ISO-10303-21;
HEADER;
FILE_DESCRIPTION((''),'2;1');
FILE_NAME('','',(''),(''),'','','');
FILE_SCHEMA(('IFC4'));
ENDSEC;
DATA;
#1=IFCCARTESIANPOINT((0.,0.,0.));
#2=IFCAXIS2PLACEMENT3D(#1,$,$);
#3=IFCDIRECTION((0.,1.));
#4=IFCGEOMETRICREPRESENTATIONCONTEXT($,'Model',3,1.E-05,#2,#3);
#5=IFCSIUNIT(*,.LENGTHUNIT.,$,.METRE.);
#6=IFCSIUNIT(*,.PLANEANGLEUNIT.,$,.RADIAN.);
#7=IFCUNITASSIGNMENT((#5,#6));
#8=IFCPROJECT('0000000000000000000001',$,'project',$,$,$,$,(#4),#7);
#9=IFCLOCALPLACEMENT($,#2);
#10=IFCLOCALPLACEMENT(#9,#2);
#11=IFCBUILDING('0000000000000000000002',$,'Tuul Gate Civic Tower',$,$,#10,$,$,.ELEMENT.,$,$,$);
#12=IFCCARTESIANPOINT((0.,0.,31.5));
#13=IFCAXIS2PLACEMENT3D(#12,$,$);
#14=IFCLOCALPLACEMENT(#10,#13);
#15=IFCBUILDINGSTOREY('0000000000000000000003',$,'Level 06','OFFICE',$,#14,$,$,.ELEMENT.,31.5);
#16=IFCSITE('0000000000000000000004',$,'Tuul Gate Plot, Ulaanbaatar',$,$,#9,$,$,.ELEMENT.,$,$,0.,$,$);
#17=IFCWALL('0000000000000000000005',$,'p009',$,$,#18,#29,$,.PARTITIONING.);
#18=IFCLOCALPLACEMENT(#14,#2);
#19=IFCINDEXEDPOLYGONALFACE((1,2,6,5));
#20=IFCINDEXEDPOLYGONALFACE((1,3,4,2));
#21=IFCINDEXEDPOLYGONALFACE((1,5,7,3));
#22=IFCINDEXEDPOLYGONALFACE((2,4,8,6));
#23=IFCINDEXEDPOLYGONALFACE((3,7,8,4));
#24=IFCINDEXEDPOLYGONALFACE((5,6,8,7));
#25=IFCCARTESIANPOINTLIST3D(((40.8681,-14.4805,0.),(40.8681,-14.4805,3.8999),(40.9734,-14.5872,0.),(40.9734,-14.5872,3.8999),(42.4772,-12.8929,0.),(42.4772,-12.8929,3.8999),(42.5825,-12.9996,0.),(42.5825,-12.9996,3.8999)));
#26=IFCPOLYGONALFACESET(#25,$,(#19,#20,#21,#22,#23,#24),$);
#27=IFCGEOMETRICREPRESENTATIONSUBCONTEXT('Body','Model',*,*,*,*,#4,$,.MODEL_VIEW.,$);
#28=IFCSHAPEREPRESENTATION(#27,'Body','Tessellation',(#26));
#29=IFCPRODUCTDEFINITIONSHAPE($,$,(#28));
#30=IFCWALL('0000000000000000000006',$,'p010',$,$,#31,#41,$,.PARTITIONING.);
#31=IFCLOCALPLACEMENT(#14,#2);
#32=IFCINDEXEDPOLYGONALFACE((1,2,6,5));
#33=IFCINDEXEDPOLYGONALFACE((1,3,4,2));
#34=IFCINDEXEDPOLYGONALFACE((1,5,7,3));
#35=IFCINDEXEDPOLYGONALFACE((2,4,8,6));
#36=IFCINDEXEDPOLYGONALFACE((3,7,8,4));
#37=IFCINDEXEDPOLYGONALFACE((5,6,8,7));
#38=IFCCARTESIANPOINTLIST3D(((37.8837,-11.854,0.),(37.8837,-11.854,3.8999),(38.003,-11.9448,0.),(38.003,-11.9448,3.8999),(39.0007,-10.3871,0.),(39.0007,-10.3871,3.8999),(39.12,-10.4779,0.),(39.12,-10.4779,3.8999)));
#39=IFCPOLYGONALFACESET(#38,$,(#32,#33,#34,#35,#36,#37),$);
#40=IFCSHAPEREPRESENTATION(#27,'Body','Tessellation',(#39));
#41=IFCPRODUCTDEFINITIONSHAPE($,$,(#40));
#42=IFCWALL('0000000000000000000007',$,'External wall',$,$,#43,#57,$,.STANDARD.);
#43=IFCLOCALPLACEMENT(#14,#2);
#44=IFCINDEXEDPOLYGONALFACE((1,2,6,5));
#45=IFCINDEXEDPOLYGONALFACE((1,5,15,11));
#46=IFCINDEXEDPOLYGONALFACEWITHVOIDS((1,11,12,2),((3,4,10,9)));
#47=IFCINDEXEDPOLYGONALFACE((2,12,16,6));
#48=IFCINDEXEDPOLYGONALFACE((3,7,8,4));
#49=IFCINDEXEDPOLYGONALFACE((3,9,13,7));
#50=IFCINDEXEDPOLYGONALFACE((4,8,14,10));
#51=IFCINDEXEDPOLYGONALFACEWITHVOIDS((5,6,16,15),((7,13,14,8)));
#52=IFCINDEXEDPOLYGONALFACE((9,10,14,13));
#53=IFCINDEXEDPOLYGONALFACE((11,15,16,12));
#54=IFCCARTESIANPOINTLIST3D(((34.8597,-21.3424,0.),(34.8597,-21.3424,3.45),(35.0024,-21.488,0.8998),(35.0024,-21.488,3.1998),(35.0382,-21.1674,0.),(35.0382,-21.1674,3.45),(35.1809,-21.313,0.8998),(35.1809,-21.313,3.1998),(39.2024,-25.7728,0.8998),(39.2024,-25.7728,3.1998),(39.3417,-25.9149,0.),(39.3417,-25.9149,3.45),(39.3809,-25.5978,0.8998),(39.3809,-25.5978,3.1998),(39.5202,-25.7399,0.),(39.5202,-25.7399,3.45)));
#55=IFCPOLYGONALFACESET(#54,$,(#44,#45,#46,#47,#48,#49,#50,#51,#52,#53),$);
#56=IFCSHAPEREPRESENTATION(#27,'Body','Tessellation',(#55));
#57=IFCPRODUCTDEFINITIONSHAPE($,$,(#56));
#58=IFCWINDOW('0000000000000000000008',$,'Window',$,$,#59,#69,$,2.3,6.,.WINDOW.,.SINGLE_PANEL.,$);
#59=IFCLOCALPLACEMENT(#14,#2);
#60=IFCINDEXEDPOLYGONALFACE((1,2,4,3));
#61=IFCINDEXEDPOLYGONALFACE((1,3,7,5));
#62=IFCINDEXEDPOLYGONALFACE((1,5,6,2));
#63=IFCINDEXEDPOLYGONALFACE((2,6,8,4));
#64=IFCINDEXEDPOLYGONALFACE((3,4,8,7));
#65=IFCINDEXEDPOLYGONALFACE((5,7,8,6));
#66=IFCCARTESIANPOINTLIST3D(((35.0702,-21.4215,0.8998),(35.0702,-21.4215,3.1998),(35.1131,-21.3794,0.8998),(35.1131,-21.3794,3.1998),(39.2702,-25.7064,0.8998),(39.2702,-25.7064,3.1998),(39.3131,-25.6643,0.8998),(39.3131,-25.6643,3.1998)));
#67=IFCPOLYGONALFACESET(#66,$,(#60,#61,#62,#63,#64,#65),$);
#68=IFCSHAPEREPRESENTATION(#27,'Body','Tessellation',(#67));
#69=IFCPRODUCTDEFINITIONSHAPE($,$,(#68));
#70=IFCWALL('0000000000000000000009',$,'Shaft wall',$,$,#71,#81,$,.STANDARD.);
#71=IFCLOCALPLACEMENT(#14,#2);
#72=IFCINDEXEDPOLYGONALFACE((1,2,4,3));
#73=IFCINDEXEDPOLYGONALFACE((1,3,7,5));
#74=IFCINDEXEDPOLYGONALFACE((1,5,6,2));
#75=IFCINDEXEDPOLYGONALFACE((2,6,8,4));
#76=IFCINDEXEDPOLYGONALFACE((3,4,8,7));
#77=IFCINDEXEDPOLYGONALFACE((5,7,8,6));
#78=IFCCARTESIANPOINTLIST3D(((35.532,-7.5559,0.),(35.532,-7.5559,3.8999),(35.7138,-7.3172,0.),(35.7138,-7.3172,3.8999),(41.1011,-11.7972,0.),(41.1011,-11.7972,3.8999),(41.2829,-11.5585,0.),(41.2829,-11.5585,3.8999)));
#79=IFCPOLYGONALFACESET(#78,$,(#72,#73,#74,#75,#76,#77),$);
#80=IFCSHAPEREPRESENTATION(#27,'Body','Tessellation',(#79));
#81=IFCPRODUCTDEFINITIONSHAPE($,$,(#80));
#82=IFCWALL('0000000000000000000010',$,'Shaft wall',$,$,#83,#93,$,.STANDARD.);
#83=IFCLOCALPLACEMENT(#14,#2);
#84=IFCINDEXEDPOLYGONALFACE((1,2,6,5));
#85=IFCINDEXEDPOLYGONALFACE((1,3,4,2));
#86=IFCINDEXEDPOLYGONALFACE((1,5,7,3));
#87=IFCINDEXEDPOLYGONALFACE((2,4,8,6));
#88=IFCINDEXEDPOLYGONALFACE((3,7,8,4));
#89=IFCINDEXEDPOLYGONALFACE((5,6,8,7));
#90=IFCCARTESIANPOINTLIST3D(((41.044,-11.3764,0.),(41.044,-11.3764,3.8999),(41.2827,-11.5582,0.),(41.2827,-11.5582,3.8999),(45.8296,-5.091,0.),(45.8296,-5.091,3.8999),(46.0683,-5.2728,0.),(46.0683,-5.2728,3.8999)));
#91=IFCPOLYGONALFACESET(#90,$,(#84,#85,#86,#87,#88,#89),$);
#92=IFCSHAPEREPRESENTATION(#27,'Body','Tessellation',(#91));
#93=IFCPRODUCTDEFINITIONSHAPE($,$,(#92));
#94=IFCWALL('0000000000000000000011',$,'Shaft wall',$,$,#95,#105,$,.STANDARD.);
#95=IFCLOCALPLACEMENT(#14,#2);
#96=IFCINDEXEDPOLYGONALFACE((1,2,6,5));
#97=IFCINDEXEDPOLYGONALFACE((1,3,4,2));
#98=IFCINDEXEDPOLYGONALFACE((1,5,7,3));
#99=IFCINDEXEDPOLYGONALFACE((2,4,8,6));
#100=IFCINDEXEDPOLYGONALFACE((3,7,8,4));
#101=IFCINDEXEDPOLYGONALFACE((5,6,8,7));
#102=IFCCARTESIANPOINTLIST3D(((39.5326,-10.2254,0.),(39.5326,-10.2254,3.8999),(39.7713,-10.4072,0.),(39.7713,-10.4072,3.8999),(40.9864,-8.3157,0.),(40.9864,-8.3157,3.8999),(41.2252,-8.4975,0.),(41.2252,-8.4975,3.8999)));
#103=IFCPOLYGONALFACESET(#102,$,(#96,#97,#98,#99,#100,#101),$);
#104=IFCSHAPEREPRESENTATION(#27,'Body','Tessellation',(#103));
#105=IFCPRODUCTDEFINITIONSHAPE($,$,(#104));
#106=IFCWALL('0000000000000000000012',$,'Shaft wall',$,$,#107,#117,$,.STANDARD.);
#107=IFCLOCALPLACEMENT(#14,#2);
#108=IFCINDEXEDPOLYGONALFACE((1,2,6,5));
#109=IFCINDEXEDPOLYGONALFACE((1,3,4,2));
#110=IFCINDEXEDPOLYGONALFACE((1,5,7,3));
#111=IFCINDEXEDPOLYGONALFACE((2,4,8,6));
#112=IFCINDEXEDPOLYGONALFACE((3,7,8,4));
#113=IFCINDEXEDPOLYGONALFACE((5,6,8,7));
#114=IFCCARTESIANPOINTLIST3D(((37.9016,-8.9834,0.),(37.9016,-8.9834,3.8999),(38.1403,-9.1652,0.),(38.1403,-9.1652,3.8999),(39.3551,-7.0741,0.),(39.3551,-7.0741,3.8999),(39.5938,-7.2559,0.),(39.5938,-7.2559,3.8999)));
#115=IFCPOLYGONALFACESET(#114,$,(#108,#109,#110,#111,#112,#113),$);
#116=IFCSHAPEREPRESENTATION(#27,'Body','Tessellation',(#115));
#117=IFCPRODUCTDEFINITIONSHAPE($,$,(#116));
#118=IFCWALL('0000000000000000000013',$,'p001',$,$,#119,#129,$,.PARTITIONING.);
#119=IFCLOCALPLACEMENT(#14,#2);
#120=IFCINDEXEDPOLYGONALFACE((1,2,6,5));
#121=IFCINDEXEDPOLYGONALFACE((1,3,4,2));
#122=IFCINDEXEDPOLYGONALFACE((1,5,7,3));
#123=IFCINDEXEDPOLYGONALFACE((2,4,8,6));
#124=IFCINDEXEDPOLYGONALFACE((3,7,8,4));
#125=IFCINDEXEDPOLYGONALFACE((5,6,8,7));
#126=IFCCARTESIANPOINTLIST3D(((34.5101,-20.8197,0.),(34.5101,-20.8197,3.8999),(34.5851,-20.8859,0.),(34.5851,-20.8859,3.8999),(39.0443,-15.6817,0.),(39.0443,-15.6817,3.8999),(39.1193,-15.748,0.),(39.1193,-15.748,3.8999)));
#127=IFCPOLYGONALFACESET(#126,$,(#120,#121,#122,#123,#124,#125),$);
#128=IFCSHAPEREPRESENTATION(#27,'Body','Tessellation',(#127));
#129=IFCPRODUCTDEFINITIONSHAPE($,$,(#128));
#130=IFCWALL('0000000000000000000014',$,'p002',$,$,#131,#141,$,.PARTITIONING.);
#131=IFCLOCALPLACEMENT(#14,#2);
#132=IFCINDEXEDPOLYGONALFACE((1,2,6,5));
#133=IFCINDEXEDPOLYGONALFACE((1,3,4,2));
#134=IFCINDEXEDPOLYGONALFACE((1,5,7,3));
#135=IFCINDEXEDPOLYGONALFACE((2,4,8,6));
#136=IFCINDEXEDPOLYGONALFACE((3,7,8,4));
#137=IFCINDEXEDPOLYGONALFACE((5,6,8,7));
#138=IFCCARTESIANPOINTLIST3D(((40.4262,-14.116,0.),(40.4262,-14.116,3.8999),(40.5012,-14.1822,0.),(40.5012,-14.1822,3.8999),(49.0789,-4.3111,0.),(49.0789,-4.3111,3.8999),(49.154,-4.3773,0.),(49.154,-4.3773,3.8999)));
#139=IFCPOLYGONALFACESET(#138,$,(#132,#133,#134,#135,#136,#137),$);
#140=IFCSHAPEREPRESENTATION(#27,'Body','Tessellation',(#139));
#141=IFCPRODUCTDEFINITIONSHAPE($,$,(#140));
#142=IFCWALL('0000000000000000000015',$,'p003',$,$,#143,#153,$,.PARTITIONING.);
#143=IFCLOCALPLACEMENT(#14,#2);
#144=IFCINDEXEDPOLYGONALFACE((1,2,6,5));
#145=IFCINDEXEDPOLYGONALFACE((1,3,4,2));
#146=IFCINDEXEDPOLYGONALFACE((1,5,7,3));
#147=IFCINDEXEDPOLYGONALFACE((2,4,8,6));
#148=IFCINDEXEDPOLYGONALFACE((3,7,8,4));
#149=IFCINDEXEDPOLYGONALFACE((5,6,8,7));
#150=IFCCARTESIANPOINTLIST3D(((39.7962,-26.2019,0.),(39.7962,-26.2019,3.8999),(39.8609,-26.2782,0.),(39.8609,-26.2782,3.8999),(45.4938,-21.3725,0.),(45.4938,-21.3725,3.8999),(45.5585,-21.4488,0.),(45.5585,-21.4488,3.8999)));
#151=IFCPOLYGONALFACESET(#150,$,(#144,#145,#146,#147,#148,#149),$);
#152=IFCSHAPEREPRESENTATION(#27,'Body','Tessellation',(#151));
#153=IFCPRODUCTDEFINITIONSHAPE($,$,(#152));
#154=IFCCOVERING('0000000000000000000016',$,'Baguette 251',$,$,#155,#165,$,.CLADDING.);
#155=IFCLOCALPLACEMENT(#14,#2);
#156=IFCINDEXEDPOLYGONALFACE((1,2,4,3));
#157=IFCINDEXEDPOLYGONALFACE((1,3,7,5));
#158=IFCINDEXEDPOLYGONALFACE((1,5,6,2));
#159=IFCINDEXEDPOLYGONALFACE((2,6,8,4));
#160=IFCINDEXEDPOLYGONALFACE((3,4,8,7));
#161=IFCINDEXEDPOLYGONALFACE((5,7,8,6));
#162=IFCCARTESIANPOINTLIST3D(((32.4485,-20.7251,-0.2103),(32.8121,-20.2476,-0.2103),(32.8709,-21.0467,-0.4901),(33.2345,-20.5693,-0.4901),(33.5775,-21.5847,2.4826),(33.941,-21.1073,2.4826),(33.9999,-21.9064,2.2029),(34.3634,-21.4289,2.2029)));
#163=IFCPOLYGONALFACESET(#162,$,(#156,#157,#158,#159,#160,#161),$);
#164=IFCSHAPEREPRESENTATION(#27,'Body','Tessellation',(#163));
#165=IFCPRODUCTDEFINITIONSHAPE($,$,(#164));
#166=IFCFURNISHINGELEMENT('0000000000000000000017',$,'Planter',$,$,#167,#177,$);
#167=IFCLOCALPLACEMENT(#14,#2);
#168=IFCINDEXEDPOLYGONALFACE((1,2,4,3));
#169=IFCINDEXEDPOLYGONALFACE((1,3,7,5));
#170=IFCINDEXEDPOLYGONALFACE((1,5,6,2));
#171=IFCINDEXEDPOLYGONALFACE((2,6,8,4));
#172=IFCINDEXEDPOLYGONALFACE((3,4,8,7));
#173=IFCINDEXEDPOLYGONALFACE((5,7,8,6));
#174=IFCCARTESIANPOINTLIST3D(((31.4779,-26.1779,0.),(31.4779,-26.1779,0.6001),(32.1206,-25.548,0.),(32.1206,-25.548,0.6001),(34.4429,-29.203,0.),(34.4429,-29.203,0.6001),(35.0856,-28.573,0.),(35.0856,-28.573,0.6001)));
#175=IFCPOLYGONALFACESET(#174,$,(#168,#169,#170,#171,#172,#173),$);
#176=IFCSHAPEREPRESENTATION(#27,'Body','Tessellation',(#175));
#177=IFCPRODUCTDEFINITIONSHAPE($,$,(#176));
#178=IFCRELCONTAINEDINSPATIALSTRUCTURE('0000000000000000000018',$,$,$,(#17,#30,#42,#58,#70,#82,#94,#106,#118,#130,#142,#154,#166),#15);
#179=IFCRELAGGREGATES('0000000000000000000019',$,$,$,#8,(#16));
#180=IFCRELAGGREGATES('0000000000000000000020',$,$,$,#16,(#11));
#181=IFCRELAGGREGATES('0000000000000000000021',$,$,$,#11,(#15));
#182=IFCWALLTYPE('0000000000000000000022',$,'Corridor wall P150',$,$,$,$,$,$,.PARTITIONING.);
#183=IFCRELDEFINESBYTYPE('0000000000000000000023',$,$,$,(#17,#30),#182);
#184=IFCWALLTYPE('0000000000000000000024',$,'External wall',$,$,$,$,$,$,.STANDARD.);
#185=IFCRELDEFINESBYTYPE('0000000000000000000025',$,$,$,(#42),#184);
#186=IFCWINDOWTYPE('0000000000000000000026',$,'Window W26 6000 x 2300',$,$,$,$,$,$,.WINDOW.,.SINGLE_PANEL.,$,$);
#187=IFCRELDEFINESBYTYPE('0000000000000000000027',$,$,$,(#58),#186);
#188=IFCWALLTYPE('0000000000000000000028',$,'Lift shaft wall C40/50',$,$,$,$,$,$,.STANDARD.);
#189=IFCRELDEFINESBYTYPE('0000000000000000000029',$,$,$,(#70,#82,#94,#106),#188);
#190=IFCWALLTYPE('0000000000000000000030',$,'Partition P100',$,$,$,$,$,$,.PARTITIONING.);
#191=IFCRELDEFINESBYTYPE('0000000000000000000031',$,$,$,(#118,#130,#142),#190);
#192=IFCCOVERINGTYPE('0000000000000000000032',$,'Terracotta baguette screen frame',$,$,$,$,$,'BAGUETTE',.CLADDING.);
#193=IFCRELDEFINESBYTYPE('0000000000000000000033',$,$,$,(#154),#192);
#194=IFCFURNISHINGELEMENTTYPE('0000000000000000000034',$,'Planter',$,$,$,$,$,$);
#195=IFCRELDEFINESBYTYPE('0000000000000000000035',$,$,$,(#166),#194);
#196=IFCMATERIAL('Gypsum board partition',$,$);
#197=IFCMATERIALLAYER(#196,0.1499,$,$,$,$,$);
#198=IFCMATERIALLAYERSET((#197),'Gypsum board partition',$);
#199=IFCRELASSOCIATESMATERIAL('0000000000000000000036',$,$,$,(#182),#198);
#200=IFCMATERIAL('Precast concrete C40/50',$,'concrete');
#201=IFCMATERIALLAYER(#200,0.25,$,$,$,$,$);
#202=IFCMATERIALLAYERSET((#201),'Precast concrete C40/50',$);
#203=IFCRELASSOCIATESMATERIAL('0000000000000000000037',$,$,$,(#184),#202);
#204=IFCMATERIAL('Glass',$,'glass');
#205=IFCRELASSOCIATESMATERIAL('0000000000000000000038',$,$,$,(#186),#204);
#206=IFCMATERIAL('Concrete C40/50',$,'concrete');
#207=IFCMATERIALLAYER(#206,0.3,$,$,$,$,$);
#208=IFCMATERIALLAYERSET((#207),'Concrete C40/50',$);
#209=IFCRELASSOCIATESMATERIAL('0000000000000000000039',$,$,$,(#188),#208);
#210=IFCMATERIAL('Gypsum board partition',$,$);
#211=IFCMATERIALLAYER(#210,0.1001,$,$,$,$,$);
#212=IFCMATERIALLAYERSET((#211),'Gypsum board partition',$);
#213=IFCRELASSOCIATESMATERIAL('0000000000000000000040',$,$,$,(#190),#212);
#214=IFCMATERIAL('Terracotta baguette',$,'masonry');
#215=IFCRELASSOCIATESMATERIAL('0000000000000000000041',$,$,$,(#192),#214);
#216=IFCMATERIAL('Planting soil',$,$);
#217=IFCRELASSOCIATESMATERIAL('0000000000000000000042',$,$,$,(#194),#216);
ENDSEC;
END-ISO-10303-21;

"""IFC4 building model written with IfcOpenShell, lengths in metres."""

from ifc_helpers import new_model, si_unit, direction, frame, frame_2d, origin, origin_2d, place, context, subcontext, project, spatial, rectangle, extrude, material, layer, layer_set, material_profile, profile_set, type_object, element, fill, save


model = new_model("IFC4")

# Units and contexts
model_context = context("Model", 3, precision=1e-05, world=origin(), true_north=direction((0.0, 1.0)))
body_context = subcontext(model_context, "Body", "Model", "MODEL_VIEW")
ifc_project = project(units=[si_unit("LENGTHUNIT", "METRE"), si_unit("PLANEANGLEUNIT", "RADIAN")], contexts=[model_context])

# Site, building, storey
site_placement = place(None, origin())
site = spatial("IfcSite", under=ifc_project, at=site_placement, Name="Tuul Gate Plot, Ulaanbaatar", CompositionType="ELEMENT", RefElevation=0.0)
building_placement = place(site_placement, origin())
building = spatial("IfcBuilding", under=site, at=building_placement, Name="Tuul Gate Civic Tower", CompositionType="ELEMENT")
storey_placement = place(building_placement, frame((0.0, 0.0, 31.5)))
storey = spatial("IfcBuildingStorey", under=building, at=storey_placement, Name="Level 06", Description="OFFICE", CompositionType="ELEMENT", Elevation=31.5)

# Shared definitions
ifc_material_1 = material(Name="Gypsum board partition")
ifc_layer_1 = layer(ifc_material_1, 0.1499)
ifc_layer_set_1 = layer_set([ifc_layer_1], Name="Gypsum board partition")
wall_type_1 = type_object("IfcWallType", Name="Corridor wall P150", PredefinedType="PARTITIONING", material=ifc_layer_set_1)

# Walls
wall_1_placement = place(storey_placement, frame((40.9207, -14.5339, 0.0), z_axis=(0.0, 0.0, 1.0), x_axis=(0.711843, 0.702339, 0.0)))
element("IfcWall", 1, at=wall_1_placement, inside=storey, type_object=wall_type_1, Name="p009", PredefinedType="PARTITIONING", context=body_context, shape_type="SweptSolid", body=[
    extrude(rectangle(XDim=2.2605, YDim=0.1499, at=frame_2d((1.1304, 0.0))), origin(), (0.0, 0.0, 1.0), 3.8999),
])
wall_2_placement = place(storey_placement, frame((37.9434, -11.8994, 0.0), z_axis=(0.0, 0.0, 1.0), x_axis=(0.605832, 0.795593, 0.0)))
element("IfcWall", 2, at=wall_2_placement, inside=storey, type_object=wall_type_1, Name="p010", PredefinedType="PARTITIONING", context=body_context, shape_type="SweptSolid", body=[
    extrude(rectangle(XDim=1.8438, YDim=0.1499, at=frame_2d((0.9219, 0.0))), origin(), (0.0, 0.0, 1.0), 3.8999),
])

# Wall, opening, window
ifc_material_2 = material(Name="Precast concrete C40/50", Category="concrete")
ifc_layer_2 = layer(ifc_material_2, 0.25)
ifc_layer_set_2 = layer_set([ifc_layer_2], Name="Precast concrete C40/50")
wall_type_2 = type_object("IfcWallType", Name="External wall", PredefinedType="STANDARD", material=ifc_layer_set_2)
wall_3_placement = place(storey_placement, frame((34.949, -21.2549, 0.0), z_axis=(0.0, 0.0, 1.0), x_axis=(0.699998, -0.714145, 0.0)))
wall_3 = element("IfcWall", 3, at=wall_3_placement, inside=storey, type_object=wall_type_2, Name="External wall", PredefinedType="STANDARD", context=body_context, shape_type="SweptSolid", body=[
    extrude(rectangle(XDim=6.4028, YDim=0.25, at=frame_2d((3.2014, 0.0))), origin(), (0.0, 0.0, 1.0), 3.45),
])
opening_1_placement = place(wall_3_placement, frame((0.2039, 0.0, 0.8999)))
opening_1 = element("IfcOpeningElement", 4, at=opening_1_placement, cuts=wall_3, PredefinedType="OPENING", context=body_context, shape_type="SweptSolid", body=[
    extrude(rectangle(XDim=6.0, YDim=2.3, at=frame_2d((3.0, 1.1499))), frame((0.0, 0.135, 0.0), z_axis=(0.0, -1.0, 0.0), x_axis=(1.0, 0.0, 0.0)), (0.0, 0.0, 1.0), 0.27),
])
ifc_material_3 = material(Name="Glass", Category="glass")
window_type = type_object("IfcWindowType", Name="Window W26 6000 x 2300", PartitioningType="SINGLE_PANEL", PredefinedType="WINDOW", material=ifc_material_3)
window_placement = place(opening_1_placement, origin())
window = element("IfcWindow", 5, at=window_placement, inside=storey, type_object=window_type, Name="Window", OverallHeight=2.3, OverallWidth=6.0, PartitioningType="SINGLE_PANEL", PredefinedType="WINDOW", context=body_context, shape_type="SweptSolid", body=[
    extrude(rectangle(XDim=6.0, YDim=2.3, at=frame_2d((3.0, 1.1499))), frame((0.0, 0.03, 0.0), z_axis=(0.0, -1.0, 0.0), x_axis=(1.0, 0.0, 0.0)), (0.0, 0.0, 1.0), 0.0601),
])
fill(opening_1, window)

# Walls
ifc_material_4 = material(Name="Concrete C40/50", Category="concrete")
ifc_layer_3 = layer(ifc_material_4, 0.3)
ifc_layer_set_3 = layer_set([ifc_layer_3], Name="Concrete C40/50")
wall_type_3 = type_object("IfcWallType", Name="Lift shaft wall C40/50", PredefinedType="STANDARD", material=ifc_layer_set_3)
wall_4_placement = place(storey_placement, frame((41.1919, -11.6777, 0.0), z_axis=(0.0, 0.0, 1.0), x_axis=(-0.795563, 0.605871, 0.0)))
element("IfcWall", 6, at=wall_4_placement, inside=storey, type_object=wall_type_3, Name="Shaft wall", PredefinedType="STANDARD", context=body_context, shape_type="SweptSolid", body=[
    extrude(rectangle(XDim=7.0002, YDim=0.3, at=frame_2d((3.5, 0.0))), origin(), (0.0, 0.0, 1.0), 3.8999),
])
wall_5_placement = place(storey_placement, frame((41.1633, -11.4673, 0.0), z_axis=(0.0, 0.0, 1.0), x_axis=(0.605784, 0.795629, 0.0)))
element("IfcWall", 7, at=wall_5_placement, inside=storey, type_object=wall_type_3, Name="Shaft wall", PredefinedType="STANDARD", context=body_context, shape_type="SweptSolid", body=[
    extrude(rectangle(XDim=7.8999, YDim=0.3, at=frame_2d((3.95, 0.0))), origin(), (0.0, 0.0, 1.0), 3.8999),
])
wall_6_placement = place(storey_placement, frame((39.6519, -10.3164, 0.0), z_axis=(0.0, 0.0, 1.0), x_axis=(0.605746, 0.795658, 0.0)))
element("IfcWall", 8, at=wall_6_placement, inside=storey, type_object=wall_type_3, Name="Shaft wall", PredefinedType="STANDARD", context=body_context, shape_type="SweptSolid", body=[
    extrude(rectangle(XDim=2.4001, YDim=0.3, at=frame_2d((1.2002, 0.0))), origin(), (0.0, 0.0, 1.0), 3.8999),
])
wall_7_placement = place(storey_placement, frame((38.021, -9.0742, 0.0), z_axis=(0.0, 0.0, 1.0), x_axis=(0.605731, 0.79567, 0.0)))
element("IfcWall", 9, at=wall_7_placement, inside=storey, type_object=wall_type_3, Name="Shaft wall", PredefinedType="STANDARD", context=body_context, shape_type="SweptSolid", body=[
    extrude(rectangle(XDim=2.3997, YDim=0.3, at=frame_2d((1.1997, 0.0))), origin(), (0.0, 0.0, 1.0), 3.8999),
])
ifc_material_5 = material(Name="Gypsum board partition")
ifc_layer_4 = layer(ifc_material_5, 0.1001)
ifc_layer_set_4 = layer_set([ifc_layer_4], Name="Gypsum board partition")
wall_type_4 = type_object("IfcWallType", Name="Partition P100", PredefinedType="PARTITIONING", material=ifc_layer_set_4)
wall_8_placement = place(storey_placement, frame((34.5476, -20.8528, 0.0), z_axis=(0.0, 0.0, 1.0), x_axis=(0.661679, 0.749787, 0.0)))
element("IfcWall", 10, at=wall_8_placement, inside=storey, type_object=wall_type_4, Name="p001", PredefinedType="PARTITIONING", context=body_context, shape_type="SweptSolid", body=[
    extrude(rectangle(XDim=6.8525, YDim=0.1001, at=frame_2d((3.4263, 0.0))), origin(), (0.0, 0.0, 1.0), 3.8999),
])
wall_9_placement = place(storey_placement, frame((40.4636, -14.1492, 0.0), z_axis=(0.0, 0.0, 1.0), x_axis=(0.661683, 0.749784, 0.0)))
element("IfcWall", 11, at=wall_9_placement, inside=storey, type_object=wall_type_4, Name="p002", PredefinedType="PARTITIONING", context=body_context, shape_type="SweptSolid", body=[
    extrude(rectangle(XDim=13.0769, YDim=0.1001, at=frame_2d((6.5386, 0.0))), origin(), (0.0, 0.0, 1.0), 3.8999),
])
wall_10_placement = place(storey_placement, frame((39.8286, -26.24, 0.0), z_axis=(0.0, 0.0, 1.0), x_axis=(0.762833, 0.646596, 0.0)))
element("IfcWall", 12, at=wall_10_placement, inside=storey, type_object=wall_type_4, Name="p003", PredefinedType="PARTITIONING", context=body_context, shape_type="SweptSolid", body=[
    extrude(rectangle(XDim=7.469, YDim=0.1001, at=frame_2d((3.7344, 0.0))), origin(), (0.0, 0.0, 1.0), 3.8999),
])

# Covering
ifc_material_6 = material(Name="Terracotta baguette", Category="masonry")
ifc_material_profile_1 = material_profile(ifc_material_6, rectangle(XDim=0.6001, YDim=0.6001, at=origin_2d()), Name="Terracotta baguette screen frame")
ifc_profile_set_1 = profile_set([ifc_material_profile_1], Name="Terracotta baguette")
covering_type = type_object("IfcCoveringType", Name="Terracotta baguette screen frame", ElementType="BAGUETTE", PredefinedType="CLADDING", material=ifc_profile_set_1)
covering_placement = place(storey_placement, frame((33.9705, -21.5068, 2.3428), z_axis=(-0.370883, 0.282413, -0.884697), x_axis=(-0.60582, -0.795602, 0.0)))
element("IfcCovering", 13, at=covering_placement, inside=storey, type_object=covering_type, Name="Baguette 251", PredefinedType="CLADDING", context=body_context, shape_type="SweptSolid", body=[
    extrude(rectangle(XDim=0.6001, YDim=0.6001, at=origin_2d()), origin(), (0.0, 0.0, 1.0), 3.0439),
])

# Furnishing element
ifc_material_7 = material(Name="Planting soil")
furnishing_element_type = type_object("IfcFurnishingElementType", Name="Planter", material=ifc_material_7)
furnishing_1_placement = place(storey_placement, frame((33.2817, -27.3755, 0.0), z_axis=(0.0, 0.0, 1.0), x_axis=(0.699989, -0.714154, 0.0)))
element("IfcFurnishingElement", 14, at=furnishing_1_placement, inside=storey, type_object=furnishing_element_type, Name="Planter", context=body_context, shape_type="SweptSolid", body=[
    extrude(rectangle(XDim=4.2358, YDim=0.8999, at=origin_2d()), origin(), (0.0, 0.0, 1.0), 0.6001),
])

save(model, "model.ifc")
